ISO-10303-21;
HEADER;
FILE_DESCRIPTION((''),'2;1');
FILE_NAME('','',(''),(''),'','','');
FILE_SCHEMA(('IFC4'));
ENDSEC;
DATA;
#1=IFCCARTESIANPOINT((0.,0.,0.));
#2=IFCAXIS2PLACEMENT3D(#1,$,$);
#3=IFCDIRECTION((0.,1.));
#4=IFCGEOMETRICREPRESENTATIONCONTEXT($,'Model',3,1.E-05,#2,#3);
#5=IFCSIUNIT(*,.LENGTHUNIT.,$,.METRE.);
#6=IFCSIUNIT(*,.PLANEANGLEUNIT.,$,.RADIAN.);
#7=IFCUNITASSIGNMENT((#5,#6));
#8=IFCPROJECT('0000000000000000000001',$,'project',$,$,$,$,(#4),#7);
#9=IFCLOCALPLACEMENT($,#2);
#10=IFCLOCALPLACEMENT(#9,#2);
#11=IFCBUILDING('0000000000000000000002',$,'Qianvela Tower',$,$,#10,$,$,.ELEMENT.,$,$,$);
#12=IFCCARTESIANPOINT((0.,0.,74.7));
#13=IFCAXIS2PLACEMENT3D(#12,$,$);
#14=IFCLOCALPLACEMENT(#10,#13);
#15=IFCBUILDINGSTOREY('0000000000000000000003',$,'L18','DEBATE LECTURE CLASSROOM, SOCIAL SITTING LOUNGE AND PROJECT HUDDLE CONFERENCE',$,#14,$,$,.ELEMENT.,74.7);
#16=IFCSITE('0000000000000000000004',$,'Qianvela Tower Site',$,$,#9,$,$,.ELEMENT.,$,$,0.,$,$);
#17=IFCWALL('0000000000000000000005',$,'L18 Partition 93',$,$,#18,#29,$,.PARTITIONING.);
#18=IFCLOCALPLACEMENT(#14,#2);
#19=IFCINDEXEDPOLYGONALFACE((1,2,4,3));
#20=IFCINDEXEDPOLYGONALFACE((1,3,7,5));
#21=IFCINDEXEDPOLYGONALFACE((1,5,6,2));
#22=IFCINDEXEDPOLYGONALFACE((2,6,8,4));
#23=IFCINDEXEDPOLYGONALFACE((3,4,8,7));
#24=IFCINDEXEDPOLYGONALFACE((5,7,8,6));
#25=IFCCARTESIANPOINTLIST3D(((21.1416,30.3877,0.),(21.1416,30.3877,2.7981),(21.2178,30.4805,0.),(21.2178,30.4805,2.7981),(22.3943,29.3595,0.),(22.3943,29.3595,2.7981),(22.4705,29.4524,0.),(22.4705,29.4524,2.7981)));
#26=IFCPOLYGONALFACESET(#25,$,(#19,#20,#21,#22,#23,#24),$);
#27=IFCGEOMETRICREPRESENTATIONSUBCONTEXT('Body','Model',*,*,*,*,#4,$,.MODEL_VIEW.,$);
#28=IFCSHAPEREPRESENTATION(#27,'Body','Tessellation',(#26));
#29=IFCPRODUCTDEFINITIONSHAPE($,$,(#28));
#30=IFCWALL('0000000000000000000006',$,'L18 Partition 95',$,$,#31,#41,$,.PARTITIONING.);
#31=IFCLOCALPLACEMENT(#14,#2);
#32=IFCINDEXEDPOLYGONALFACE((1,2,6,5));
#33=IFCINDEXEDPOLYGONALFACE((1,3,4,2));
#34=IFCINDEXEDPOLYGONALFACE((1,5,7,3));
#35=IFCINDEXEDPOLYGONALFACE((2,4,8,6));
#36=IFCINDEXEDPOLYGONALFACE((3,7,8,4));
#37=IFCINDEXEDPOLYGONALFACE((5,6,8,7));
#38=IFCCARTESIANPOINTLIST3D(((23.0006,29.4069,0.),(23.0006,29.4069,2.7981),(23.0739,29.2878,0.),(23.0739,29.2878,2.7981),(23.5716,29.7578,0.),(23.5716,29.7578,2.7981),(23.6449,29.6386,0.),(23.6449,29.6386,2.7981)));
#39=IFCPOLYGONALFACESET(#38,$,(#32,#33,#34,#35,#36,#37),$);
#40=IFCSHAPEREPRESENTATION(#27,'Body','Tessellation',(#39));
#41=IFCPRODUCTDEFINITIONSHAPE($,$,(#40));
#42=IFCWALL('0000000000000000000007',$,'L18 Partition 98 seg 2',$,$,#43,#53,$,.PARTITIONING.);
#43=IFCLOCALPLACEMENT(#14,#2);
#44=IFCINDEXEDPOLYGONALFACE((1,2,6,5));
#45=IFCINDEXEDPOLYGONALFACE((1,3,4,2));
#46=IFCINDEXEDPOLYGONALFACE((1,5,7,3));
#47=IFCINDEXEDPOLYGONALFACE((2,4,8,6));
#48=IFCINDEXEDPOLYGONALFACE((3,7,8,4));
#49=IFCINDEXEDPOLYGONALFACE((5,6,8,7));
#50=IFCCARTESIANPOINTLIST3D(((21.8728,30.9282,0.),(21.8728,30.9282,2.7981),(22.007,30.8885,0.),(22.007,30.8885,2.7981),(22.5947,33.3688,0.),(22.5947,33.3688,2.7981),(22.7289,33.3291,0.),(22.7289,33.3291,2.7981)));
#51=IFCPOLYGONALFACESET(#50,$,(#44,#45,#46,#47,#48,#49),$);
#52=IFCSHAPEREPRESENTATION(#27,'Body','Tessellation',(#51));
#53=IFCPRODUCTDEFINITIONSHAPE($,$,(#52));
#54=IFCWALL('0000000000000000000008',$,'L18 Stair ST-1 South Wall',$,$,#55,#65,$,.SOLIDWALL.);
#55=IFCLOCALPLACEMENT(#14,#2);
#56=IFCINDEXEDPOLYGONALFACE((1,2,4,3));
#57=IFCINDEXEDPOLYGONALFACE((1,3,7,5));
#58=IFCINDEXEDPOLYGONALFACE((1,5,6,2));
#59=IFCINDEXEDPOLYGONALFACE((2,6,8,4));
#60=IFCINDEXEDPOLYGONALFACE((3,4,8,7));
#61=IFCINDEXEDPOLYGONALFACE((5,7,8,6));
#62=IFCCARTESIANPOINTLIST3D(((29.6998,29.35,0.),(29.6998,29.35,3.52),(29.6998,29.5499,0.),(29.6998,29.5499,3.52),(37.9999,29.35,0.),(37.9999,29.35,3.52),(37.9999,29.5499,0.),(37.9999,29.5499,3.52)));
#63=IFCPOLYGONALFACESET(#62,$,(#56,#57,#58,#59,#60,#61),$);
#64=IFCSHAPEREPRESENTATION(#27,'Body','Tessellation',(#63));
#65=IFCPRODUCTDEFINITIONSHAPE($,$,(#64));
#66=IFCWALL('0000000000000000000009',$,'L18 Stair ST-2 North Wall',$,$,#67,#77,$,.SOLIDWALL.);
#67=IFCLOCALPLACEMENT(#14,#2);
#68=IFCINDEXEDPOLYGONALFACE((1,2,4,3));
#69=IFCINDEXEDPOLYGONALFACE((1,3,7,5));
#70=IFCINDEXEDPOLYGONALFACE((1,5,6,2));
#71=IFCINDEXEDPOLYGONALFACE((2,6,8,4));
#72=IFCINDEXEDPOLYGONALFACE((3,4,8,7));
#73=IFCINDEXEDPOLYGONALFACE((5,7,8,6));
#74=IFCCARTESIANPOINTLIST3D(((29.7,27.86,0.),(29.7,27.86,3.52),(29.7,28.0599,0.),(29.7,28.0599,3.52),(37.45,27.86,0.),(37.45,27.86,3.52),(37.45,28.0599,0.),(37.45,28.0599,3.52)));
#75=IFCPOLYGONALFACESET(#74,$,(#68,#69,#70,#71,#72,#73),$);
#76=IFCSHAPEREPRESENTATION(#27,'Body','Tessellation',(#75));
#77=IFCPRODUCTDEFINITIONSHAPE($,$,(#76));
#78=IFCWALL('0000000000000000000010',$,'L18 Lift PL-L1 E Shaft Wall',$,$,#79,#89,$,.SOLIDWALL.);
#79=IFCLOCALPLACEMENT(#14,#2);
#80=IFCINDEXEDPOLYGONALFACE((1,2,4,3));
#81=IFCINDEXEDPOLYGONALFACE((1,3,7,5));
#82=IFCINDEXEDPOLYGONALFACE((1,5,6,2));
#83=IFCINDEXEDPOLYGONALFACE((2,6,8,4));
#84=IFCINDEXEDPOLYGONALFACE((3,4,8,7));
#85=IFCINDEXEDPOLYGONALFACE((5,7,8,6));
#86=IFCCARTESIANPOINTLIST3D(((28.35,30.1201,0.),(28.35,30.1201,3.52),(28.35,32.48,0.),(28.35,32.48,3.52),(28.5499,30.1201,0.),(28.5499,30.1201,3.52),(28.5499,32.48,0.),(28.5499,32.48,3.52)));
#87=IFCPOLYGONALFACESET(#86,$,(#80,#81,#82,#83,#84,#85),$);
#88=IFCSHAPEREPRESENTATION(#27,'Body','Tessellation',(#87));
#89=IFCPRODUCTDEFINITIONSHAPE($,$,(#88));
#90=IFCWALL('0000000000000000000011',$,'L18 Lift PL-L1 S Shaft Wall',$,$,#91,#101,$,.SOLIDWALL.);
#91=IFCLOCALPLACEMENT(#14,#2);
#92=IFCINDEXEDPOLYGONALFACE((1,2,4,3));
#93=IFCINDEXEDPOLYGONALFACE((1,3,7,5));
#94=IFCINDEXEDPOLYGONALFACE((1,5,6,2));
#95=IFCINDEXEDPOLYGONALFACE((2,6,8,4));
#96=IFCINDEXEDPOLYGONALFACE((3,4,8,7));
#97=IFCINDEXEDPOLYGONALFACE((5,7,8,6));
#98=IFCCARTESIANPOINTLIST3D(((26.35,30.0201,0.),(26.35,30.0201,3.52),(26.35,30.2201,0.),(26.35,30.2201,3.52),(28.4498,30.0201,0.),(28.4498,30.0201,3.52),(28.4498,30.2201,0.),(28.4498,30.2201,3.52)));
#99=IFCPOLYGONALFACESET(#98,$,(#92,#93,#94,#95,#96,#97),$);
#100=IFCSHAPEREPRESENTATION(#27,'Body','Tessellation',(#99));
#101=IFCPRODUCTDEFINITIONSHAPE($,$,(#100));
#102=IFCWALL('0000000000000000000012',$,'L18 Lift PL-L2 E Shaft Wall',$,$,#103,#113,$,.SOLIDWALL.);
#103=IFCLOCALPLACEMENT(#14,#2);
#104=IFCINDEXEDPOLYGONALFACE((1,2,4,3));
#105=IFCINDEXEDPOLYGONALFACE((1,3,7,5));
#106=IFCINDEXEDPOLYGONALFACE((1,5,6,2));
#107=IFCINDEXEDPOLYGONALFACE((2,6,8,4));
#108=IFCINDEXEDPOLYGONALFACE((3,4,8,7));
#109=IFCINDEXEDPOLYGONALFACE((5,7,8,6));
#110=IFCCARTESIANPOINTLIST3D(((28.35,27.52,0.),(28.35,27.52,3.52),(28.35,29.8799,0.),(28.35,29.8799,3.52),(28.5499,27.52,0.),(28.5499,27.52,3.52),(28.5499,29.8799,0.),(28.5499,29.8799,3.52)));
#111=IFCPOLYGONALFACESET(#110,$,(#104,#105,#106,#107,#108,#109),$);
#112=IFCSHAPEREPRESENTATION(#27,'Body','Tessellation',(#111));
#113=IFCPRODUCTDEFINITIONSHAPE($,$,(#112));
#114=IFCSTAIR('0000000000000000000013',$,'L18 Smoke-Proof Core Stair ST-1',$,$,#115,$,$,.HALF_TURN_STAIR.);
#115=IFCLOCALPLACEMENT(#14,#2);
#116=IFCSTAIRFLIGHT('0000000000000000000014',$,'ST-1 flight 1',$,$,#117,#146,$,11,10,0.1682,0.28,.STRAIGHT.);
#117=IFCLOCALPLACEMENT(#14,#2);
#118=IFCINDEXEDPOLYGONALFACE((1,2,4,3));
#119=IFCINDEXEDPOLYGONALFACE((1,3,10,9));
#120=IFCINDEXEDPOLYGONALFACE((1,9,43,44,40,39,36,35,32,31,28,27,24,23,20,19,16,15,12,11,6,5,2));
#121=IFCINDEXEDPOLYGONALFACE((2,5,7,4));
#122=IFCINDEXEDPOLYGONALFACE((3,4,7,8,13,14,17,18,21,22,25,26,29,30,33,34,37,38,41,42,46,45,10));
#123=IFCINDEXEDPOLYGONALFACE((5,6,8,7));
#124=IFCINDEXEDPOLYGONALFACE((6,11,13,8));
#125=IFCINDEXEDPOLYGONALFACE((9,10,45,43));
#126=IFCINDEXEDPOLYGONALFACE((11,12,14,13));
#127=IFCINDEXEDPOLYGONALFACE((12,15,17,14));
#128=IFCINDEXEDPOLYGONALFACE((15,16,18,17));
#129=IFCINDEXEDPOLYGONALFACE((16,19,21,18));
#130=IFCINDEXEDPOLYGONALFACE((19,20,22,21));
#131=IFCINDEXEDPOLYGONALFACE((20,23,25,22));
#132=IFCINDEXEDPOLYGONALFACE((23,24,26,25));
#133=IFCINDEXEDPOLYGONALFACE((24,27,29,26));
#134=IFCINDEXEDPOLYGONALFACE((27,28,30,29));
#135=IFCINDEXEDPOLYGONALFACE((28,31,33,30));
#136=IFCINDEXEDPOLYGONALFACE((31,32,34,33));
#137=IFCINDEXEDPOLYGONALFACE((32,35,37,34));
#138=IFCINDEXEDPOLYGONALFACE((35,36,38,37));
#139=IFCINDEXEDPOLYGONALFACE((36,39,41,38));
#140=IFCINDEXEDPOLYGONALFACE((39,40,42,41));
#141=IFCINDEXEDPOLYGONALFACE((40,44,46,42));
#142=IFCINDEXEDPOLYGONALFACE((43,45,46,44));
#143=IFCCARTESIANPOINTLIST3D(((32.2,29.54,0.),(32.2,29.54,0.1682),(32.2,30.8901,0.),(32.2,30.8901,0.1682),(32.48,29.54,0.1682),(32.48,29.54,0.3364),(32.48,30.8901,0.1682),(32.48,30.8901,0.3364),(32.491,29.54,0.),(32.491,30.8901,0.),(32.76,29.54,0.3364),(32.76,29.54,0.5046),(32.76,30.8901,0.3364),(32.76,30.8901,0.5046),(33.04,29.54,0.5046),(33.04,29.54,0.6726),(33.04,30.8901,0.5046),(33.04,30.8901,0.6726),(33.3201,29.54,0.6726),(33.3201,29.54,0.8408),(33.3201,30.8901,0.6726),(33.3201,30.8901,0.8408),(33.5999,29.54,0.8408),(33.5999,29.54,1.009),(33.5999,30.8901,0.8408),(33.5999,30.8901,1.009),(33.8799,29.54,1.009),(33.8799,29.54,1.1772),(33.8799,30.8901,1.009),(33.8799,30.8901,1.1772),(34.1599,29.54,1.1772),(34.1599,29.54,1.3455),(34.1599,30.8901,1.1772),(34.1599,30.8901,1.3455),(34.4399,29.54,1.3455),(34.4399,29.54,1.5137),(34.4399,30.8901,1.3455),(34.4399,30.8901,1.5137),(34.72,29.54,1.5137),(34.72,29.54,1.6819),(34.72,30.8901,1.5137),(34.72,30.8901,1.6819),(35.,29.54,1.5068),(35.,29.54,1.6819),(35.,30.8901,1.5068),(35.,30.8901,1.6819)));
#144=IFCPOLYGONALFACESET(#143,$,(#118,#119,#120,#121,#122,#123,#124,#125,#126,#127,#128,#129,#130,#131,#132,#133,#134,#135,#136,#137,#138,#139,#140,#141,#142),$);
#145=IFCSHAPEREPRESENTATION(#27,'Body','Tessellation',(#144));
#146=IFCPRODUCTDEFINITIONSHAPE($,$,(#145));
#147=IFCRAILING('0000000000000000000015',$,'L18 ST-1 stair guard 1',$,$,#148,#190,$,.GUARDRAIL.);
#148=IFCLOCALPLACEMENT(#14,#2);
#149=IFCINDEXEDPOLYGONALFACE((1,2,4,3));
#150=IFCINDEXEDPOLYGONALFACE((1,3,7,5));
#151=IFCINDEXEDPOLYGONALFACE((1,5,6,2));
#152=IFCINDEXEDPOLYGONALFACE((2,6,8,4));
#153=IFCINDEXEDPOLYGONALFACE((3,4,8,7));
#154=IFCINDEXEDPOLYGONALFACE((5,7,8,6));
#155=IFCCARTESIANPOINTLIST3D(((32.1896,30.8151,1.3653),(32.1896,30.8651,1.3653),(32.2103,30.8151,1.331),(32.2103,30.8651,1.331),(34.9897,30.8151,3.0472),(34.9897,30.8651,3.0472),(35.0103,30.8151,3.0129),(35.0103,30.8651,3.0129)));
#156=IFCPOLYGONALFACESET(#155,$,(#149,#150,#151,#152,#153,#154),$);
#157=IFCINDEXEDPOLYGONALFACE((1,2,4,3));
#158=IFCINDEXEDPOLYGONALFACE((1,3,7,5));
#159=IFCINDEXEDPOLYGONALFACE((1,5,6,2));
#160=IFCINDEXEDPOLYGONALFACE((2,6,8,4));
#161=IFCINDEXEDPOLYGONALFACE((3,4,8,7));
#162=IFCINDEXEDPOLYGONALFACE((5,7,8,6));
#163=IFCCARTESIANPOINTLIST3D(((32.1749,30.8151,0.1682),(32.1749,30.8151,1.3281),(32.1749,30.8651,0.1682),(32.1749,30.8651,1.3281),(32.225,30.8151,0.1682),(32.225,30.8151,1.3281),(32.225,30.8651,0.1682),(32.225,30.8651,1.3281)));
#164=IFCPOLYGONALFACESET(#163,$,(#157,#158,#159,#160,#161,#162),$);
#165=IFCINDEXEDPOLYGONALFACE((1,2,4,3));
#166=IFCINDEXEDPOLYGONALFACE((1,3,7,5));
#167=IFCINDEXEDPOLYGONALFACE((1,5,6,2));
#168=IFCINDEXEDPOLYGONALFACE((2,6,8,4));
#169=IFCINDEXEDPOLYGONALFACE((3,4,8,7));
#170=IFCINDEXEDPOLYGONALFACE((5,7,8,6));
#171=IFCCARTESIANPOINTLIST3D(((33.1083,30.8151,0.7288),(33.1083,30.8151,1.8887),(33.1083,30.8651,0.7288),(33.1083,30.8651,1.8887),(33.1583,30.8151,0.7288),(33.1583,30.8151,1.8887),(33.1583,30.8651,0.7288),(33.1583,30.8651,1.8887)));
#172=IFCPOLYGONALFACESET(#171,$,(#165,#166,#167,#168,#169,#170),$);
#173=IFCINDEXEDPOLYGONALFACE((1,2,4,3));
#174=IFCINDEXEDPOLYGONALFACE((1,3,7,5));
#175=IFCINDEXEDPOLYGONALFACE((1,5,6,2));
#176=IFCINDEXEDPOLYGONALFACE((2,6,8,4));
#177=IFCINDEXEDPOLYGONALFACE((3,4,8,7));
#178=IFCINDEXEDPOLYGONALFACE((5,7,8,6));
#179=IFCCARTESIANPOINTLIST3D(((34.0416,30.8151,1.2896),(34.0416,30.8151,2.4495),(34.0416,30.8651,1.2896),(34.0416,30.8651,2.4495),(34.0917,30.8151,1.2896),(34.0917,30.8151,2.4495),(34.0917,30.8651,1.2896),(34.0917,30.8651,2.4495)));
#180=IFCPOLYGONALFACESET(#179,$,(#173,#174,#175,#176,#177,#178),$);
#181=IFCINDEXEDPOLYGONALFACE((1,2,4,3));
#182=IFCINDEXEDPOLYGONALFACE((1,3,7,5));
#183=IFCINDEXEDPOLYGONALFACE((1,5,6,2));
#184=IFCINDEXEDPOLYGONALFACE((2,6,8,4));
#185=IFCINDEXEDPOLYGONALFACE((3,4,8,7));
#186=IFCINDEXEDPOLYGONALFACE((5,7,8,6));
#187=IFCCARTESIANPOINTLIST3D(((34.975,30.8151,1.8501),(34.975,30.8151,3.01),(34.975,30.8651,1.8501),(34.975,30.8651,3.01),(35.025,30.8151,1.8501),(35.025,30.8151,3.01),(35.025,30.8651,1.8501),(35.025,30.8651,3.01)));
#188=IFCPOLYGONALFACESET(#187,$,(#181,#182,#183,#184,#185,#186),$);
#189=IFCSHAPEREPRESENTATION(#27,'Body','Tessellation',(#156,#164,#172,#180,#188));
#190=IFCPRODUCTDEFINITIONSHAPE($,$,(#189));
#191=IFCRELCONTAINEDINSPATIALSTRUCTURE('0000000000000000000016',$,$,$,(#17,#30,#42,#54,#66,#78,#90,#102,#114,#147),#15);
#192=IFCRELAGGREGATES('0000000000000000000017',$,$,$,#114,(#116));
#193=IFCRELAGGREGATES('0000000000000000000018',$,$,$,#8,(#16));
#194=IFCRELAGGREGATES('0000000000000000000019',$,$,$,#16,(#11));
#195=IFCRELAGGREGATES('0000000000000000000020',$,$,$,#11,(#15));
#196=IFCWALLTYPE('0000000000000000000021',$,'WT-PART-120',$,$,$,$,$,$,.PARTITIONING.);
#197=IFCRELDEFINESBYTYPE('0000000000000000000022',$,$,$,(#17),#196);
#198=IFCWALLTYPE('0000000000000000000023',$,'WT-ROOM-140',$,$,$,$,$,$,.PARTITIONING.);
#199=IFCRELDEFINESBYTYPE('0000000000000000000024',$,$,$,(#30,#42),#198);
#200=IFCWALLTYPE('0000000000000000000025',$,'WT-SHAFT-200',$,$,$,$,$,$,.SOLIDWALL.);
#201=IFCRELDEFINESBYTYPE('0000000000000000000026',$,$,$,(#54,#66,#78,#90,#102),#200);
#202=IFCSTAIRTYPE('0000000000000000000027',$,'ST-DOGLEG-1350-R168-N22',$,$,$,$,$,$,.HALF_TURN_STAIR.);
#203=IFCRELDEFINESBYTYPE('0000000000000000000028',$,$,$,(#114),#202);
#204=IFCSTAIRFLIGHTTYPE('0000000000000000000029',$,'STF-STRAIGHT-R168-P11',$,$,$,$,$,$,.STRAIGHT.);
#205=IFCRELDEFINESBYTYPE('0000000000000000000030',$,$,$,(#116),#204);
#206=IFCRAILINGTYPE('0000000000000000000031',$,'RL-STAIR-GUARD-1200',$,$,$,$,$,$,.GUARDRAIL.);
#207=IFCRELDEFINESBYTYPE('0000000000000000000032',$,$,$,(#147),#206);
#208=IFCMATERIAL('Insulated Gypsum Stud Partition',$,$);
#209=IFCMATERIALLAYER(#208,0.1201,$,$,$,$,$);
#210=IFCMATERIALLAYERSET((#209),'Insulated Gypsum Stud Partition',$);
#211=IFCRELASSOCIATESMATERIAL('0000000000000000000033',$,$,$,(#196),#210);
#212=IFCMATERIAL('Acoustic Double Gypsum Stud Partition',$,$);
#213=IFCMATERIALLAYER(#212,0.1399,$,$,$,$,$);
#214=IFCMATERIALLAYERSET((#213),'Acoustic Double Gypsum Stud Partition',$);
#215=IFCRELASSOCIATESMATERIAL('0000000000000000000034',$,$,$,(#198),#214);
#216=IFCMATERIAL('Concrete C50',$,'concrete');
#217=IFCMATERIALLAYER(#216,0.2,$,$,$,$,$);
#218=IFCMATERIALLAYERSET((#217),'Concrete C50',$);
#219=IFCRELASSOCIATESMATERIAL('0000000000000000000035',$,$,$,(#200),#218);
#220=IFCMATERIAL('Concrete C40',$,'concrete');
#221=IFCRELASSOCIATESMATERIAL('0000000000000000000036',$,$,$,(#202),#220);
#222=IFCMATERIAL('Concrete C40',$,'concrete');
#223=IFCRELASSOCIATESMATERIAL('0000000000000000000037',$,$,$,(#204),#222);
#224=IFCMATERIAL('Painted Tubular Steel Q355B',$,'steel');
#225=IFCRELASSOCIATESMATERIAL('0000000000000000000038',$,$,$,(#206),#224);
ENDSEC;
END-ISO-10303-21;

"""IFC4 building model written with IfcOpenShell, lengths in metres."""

from ifc_helpers import new_model, si_unit, direction, frame, frame_2d, origin, origin_2d, place, context, subcontext, project, spatial, polyline, rectangle, outline, extrude, material, layer, layer_set, type_object, element, aggregate, save


model = new_model("IFC4")

# Units and contexts
model_context = context("Model", 3, precision=1e-05, world=origin(), true_north=direction((0.0, 1.0)))
body_context = subcontext(model_context, "Body", "Model", "MODEL_VIEW")
ifc_project = project(units=[si_unit("LENGTHUNIT", "METRE"), si_unit("PLANEANGLEUNIT", "RADIAN")], contexts=[model_context])

# Site, building, storey
site_placement = place(None, origin())
site = spatial("IfcSite", under=ifc_project, at=site_placement, Name="Qianvela Tower Site", CompositionType="ELEMENT", RefElevation=0.0)
building_placement = place(site_placement, origin())
building = spatial("IfcBuilding", under=site, at=building_placement, Name="Qianvela Tower", CompositionType="ELEMENT")
storey_placement = place(building_placement, frame((0.0, 0.0, 74.7)))
storey = spatial("IfcBuildingStorey", under=building, at=storey_placement, Name="L18", Description="DEBATE LECTURE CLASSROOM, SOCIAL SITTING LOUNGE AND PROJECT HUDDLE CONFERENCE", CompositionType="ELEMENT", Elevation=74.7)

# Walls
ifc_material_1 = material(Name="Insulated Gypsum Stud Partition")
ifc_layer_1 = layer(ifc_material_1, 0.1201)
ifc_layer_set_1 = layer_set([ifc_layer_1], Name="Insulated Gypsum Stud Partition")
wall_type_1 = type_object("IfcWallType", Name="WT-PART-120", PredefinedType="PARTITIONING", material=ifc_layer_set_1)
wall_1_placement = place(storey_placement, frame((21.1797, 30.4341, 0.0), z_axis=(0.0, 0.0, 1.0), x_axis=(0.773003, -0.634402, 0.0)))
element("IfcWall", 1, at=wall_1_placement, inside=storey, type_object=wall_type_1, Name="L18 Partition 93", PredefinedType="PARTITIONING", context=body_context, shape_type="SweptSolid", body=[
    extrude(rectangle(XDim=1.6206, YDim=0.1201, at=frame_2d((0.8103, 0.0))), origin(), (0.0, 0.0, 1.0), 2.7981),
])
ifc_material_2 = material(Name="Acoustic Double Gypsum Stud Partition")
ifc_layer_2 = layer(ifc_material_2, 0.1399)
ifc_layer_set_2 = layer_set([ifc_layer_2], Name="Acoustic Double Gypsum Stud Partition")
wall_type_2 = type_object("IfcWallType", Name="WT-ROOM-140", PredefinedType="PARTITIONING", material=ifc_layer_set_2)
wall_2_placement = place(storey_placement, frame((23.0374, 29.3474, 0.0), z_axis=(0.0, 0.0, 1.0), x_axis=(0.852046, 0.523467, 0.0)))
element("IfcWall", 2, at=wall_2_placement, inside=storey, type_object=wall_type_2, Name="L18 Partition 95", PredefinedType="PARTITIONING", context=body_context, shape_type="SweptSolid", body=[
    extrude(rectangle(XDim=0.6702, YDim=0.1399, at=frame_2d((0.335, 0.0))), origin(), (0.0, 0.0, 1.0), 2.7981),
])
wall_3_placement = place(storey_placement, frame((21.9399, 30.9084, 0.0), z_axis=(0.0, 0.0, 1.0), x_axis=(0.283641, 0.958931, 0.0)))
element("IfcWall", 3, at=wall_3_placement, inside=storey, type_object=wall_type_2, Name="L18 Partition 98 seg 2", PredefinedType="PARTITIONING", context=body_context, shape_type="SweptSolid", body=[
    extrude(rectangle(XDim=2.5452, YDim=0.1399, at=frame_2d((1.2725, 0.0))), origin(), (0.0, 0.0, 1.0), 2.7981),
])
ifc_material_3 = material(Name="Concrete C50", Category="concrete")
ifc_layer_3 = layer(ifc_material_3, 0.2)
ifc_layer_set_3 = layer_set([ifc_layer_3], Name="Concrete C50")
wall_type_3 = type_object("IfcWallType", Name="WT-SHAFT-200", PredefinedType="SOLIDWALL", material=ifc_layer_set_3)
wall_4_placement = place(storey_placement, frame((29.7, 29.45, 0.0), z_axis=(0.0, 0.0, 1.0), x_axis=(1.0, 0.0, 0.0)))
element("IfcWall", 4, at=wall_4_placement, inside=storey, type_object=wall_type_3, Name="L18 Stair ST-1 South Wall", PredefinedType="SOLIDWALL", context=body_context, shape_type="SweptSolid", body=[
    extrude(rectangle(XDim=8.3, YDim=0.2, at=frame_2d((4.1499, 0.0))), origin(), (0.0, 0.0, 1.0), 3.52),
])
wall_5_placement = place(storey_placement, frame((29.7, 27.96, 0.0), z_axis=(0.0, 0.0, 1.0), x_axis=(1.0, 0.0, 0.0)))
element("IfcWall", 5, at=wall_5_placement, inside=storey, type_object=wall_type_3, Name="L18 Stair ST-2 North Wall", PredefinedType="SOLIDWALL", context=body_context, shape_type="SweptSolid", body=[
    extrude(rectangle(XDim=7.75, YDim=0.2, at=frame_2d((3.875, 0.0))), origin(), (0.0, 0.0, 1.0), 3.52),
])
wall_6_placement = place(storey_placement, frame((28.45, 30.1201, 0.0), z_axis=(0.0, 0.0, 1.0), x_axis=(0.0, 1.0, 0.0)))
element("IfcWall", 6, at=wall_6_placement, inside=storey, type_object=wall_type_3, Name="L18 Lift PL-L1 E Shaft Wall", PredefinedType="SOLIDWALL", context=body_context, shape_type="SweptSolid", body=[
    extrude(rectangle(XDim=2.3599, YDim=0.2, at=frame_2d((1.1799, 0.0))), origin(), (0.0, 0.0, 1.0), 3.52),
])

# Walls
wall_7_placement = place(storey_placement, frame((26.3501, 30.1201, 0.0), z_axis=(0.0, 0.0, 1.0), x_axis=(1.0, 0.0, 0.0)))
element("IfcWall", 7, at=wall_7_placement, inside=storey, type_object=wall_type_3, Name="L18 Lift PL-L1 S Shaft Wall", PredefinedType="SOLIDWALL", context=body_context, shape_type="SweptSolid", body=[
    extrude(rectangle(XDim=2.0999, YDim=0.2, at=frame_2d((1.0498, 0.0))), origin(), (0.0, 0.0, 1.0), 3.52),
])
wall_8_placement = place(storey_placement, frame((28.45, 27.52, 0.0), z_axis=(0.0, 0.0, 1.0), x_axis=(0.0, 1.0, 0.0)))
element("IfcWall", 8, at=wall_8_placement, inside=storey, type_object=wall_type_3, Name="L18 Lift PL-L2 E Shaft Wall", PredefinedType="SOLIDWALL", context=body_context, shape_type="SweptSolid", body=[
    extrude(rectangle(XDim=2.3599, YDim=0.2, at=frame_2d((1.1799, 0.0))), origin(), (0.0, 0.0, 1.0), 3.52),
])

# Stair, stair flight
ifc_material_4 = material(Name="Concrete C40", Category="concrete")
stair_type = type_object("IfcStairType", Name="ST-DOGLEG-1350-R168-N22", PredefinedType="HALF_TURN_STAIR", material=ifc_material_4)
stair_placement = place(storey_placement, origin())
stair = element("IfcStair", 9, at=stair_placement, inside=storey, type_object=stair_type, Name="L18 Smoke-Proof Core Stair ST-1", PredefinedType="HALF_TURN_STAIR")
ifc_material_5 = material(Name="Concrete C40", Category="concrete")
stair_flight_type = type_object("IfcStairFlightType", Name="STF-STRAIGHT-R168-P11", PredefinedType="STRAIGHT", material=ifc_material_5)
stair_flight_placement = place(storey_placement, frame((32.2, 30.2151, 0.0), z_axis=(0.0, 0.0, 1.0), x_axis=(1.0, 0.0, 0.0)))
stair_flight = element("IfcStairFlight", 10, at=stair_flight_placement, type_object=stair_flight_type, Name="ST-1 flight 1", NumberOfRisers=11, NumberOfTreads=10, PredefinedType="STRAIGHT", RiserHeight=0.1682, TreadLength=0.28, context=body_context, shape_type="SweptSolid", body=[
    extrude(outline(polyline([(0.0, 0.0), (0.0, 0.1682), (0.28, 0.1682), (0.28, 0.3364), (0.5601, 0.3364), (0.5601, 0.5046), (0.8401, 0.5046), (0.8401, 0.6726), (1.1201, 0.6726), (1.1201, 0.8408), (1.3999, 0.8408), (1.3999, 1.009), (1.6799, 1.009), (1.6799, 1.1772), (1.96, 1.1772), (1.96, 1.3455), (2.24, 1.3455), (2.24, 1.5137), (2.52, 1.5137), (2.52, 1.6819), (2.8, 1.6819), (2.8, 1.8501), (2.8, 1.5068), (0.291, 0.0), (0.0, 0.0)])), frame((0.0, 0.675, 0.0), z_axis=(0.0, -1.0, 0.0), x_axis=(1.0, 0.0, 0.0)), (0.0, 0.0, 1.0), 1.3501),
])
aggregate(stair, [stair_flight])

# Railing
ifc_material_6 = material(Name="Painted Tubular Steel Q355B", Category="steel")
railing_type_1 = type_object("IfcRailingType", Name="RL-STAIR-GUARD-1200", PredefinedType="GUARDRAIL", material=ifc_material_6)
railing_1_placement = place(storey_placement, frame((32.2, 30.8401, 0.1682)))
element("IfcRailing", 11, at=railing_1_placement, inside=storey, type_object=railing_type_1, Name="L18 ST-1 stair guard 1", PredefinedType="GUARDRAIL", context=body_context, shape_type="SweptSolid", body=[
    extrude(rectangle(XDim=0.05, YDim=0.04, at=origin_2d()), frame((0.0, 0.0, 1.1799), z_axis=(0.857242, 0.0, 0.514913), x_axis=(0.0, 1.0, 0.0)), (0.0, 0.0, 1.0), 3.2664),
    extrude(rectangle(XDim=0.05, YDim=0.05, at=origin_2d()), origin(), (0.0, 0.0, 1.0), 1.1599),
    extrude(rectangle(XDim=0.05, YDim=0.05, at=origin_2d()), frame((0.9333, 0.0, 0.5605)), (0.0, 0.0, 1.0), 1.1599),
    extrude(rectangle(XDim=0.05, YDim=0.05, at=origin_2d()), frame((1.8667, 0.0, 1.1213)), (0.0, 0.0, 1.0), 1.1599),
    extrude(rectangle(XDim=0.05, YDim=0.05, at=origin_2d()), frame((2.8, 0.0, 1.6819)), (0.0, 0.0, 1.0), 1.1599),
])

save(model, "model.ifc")
